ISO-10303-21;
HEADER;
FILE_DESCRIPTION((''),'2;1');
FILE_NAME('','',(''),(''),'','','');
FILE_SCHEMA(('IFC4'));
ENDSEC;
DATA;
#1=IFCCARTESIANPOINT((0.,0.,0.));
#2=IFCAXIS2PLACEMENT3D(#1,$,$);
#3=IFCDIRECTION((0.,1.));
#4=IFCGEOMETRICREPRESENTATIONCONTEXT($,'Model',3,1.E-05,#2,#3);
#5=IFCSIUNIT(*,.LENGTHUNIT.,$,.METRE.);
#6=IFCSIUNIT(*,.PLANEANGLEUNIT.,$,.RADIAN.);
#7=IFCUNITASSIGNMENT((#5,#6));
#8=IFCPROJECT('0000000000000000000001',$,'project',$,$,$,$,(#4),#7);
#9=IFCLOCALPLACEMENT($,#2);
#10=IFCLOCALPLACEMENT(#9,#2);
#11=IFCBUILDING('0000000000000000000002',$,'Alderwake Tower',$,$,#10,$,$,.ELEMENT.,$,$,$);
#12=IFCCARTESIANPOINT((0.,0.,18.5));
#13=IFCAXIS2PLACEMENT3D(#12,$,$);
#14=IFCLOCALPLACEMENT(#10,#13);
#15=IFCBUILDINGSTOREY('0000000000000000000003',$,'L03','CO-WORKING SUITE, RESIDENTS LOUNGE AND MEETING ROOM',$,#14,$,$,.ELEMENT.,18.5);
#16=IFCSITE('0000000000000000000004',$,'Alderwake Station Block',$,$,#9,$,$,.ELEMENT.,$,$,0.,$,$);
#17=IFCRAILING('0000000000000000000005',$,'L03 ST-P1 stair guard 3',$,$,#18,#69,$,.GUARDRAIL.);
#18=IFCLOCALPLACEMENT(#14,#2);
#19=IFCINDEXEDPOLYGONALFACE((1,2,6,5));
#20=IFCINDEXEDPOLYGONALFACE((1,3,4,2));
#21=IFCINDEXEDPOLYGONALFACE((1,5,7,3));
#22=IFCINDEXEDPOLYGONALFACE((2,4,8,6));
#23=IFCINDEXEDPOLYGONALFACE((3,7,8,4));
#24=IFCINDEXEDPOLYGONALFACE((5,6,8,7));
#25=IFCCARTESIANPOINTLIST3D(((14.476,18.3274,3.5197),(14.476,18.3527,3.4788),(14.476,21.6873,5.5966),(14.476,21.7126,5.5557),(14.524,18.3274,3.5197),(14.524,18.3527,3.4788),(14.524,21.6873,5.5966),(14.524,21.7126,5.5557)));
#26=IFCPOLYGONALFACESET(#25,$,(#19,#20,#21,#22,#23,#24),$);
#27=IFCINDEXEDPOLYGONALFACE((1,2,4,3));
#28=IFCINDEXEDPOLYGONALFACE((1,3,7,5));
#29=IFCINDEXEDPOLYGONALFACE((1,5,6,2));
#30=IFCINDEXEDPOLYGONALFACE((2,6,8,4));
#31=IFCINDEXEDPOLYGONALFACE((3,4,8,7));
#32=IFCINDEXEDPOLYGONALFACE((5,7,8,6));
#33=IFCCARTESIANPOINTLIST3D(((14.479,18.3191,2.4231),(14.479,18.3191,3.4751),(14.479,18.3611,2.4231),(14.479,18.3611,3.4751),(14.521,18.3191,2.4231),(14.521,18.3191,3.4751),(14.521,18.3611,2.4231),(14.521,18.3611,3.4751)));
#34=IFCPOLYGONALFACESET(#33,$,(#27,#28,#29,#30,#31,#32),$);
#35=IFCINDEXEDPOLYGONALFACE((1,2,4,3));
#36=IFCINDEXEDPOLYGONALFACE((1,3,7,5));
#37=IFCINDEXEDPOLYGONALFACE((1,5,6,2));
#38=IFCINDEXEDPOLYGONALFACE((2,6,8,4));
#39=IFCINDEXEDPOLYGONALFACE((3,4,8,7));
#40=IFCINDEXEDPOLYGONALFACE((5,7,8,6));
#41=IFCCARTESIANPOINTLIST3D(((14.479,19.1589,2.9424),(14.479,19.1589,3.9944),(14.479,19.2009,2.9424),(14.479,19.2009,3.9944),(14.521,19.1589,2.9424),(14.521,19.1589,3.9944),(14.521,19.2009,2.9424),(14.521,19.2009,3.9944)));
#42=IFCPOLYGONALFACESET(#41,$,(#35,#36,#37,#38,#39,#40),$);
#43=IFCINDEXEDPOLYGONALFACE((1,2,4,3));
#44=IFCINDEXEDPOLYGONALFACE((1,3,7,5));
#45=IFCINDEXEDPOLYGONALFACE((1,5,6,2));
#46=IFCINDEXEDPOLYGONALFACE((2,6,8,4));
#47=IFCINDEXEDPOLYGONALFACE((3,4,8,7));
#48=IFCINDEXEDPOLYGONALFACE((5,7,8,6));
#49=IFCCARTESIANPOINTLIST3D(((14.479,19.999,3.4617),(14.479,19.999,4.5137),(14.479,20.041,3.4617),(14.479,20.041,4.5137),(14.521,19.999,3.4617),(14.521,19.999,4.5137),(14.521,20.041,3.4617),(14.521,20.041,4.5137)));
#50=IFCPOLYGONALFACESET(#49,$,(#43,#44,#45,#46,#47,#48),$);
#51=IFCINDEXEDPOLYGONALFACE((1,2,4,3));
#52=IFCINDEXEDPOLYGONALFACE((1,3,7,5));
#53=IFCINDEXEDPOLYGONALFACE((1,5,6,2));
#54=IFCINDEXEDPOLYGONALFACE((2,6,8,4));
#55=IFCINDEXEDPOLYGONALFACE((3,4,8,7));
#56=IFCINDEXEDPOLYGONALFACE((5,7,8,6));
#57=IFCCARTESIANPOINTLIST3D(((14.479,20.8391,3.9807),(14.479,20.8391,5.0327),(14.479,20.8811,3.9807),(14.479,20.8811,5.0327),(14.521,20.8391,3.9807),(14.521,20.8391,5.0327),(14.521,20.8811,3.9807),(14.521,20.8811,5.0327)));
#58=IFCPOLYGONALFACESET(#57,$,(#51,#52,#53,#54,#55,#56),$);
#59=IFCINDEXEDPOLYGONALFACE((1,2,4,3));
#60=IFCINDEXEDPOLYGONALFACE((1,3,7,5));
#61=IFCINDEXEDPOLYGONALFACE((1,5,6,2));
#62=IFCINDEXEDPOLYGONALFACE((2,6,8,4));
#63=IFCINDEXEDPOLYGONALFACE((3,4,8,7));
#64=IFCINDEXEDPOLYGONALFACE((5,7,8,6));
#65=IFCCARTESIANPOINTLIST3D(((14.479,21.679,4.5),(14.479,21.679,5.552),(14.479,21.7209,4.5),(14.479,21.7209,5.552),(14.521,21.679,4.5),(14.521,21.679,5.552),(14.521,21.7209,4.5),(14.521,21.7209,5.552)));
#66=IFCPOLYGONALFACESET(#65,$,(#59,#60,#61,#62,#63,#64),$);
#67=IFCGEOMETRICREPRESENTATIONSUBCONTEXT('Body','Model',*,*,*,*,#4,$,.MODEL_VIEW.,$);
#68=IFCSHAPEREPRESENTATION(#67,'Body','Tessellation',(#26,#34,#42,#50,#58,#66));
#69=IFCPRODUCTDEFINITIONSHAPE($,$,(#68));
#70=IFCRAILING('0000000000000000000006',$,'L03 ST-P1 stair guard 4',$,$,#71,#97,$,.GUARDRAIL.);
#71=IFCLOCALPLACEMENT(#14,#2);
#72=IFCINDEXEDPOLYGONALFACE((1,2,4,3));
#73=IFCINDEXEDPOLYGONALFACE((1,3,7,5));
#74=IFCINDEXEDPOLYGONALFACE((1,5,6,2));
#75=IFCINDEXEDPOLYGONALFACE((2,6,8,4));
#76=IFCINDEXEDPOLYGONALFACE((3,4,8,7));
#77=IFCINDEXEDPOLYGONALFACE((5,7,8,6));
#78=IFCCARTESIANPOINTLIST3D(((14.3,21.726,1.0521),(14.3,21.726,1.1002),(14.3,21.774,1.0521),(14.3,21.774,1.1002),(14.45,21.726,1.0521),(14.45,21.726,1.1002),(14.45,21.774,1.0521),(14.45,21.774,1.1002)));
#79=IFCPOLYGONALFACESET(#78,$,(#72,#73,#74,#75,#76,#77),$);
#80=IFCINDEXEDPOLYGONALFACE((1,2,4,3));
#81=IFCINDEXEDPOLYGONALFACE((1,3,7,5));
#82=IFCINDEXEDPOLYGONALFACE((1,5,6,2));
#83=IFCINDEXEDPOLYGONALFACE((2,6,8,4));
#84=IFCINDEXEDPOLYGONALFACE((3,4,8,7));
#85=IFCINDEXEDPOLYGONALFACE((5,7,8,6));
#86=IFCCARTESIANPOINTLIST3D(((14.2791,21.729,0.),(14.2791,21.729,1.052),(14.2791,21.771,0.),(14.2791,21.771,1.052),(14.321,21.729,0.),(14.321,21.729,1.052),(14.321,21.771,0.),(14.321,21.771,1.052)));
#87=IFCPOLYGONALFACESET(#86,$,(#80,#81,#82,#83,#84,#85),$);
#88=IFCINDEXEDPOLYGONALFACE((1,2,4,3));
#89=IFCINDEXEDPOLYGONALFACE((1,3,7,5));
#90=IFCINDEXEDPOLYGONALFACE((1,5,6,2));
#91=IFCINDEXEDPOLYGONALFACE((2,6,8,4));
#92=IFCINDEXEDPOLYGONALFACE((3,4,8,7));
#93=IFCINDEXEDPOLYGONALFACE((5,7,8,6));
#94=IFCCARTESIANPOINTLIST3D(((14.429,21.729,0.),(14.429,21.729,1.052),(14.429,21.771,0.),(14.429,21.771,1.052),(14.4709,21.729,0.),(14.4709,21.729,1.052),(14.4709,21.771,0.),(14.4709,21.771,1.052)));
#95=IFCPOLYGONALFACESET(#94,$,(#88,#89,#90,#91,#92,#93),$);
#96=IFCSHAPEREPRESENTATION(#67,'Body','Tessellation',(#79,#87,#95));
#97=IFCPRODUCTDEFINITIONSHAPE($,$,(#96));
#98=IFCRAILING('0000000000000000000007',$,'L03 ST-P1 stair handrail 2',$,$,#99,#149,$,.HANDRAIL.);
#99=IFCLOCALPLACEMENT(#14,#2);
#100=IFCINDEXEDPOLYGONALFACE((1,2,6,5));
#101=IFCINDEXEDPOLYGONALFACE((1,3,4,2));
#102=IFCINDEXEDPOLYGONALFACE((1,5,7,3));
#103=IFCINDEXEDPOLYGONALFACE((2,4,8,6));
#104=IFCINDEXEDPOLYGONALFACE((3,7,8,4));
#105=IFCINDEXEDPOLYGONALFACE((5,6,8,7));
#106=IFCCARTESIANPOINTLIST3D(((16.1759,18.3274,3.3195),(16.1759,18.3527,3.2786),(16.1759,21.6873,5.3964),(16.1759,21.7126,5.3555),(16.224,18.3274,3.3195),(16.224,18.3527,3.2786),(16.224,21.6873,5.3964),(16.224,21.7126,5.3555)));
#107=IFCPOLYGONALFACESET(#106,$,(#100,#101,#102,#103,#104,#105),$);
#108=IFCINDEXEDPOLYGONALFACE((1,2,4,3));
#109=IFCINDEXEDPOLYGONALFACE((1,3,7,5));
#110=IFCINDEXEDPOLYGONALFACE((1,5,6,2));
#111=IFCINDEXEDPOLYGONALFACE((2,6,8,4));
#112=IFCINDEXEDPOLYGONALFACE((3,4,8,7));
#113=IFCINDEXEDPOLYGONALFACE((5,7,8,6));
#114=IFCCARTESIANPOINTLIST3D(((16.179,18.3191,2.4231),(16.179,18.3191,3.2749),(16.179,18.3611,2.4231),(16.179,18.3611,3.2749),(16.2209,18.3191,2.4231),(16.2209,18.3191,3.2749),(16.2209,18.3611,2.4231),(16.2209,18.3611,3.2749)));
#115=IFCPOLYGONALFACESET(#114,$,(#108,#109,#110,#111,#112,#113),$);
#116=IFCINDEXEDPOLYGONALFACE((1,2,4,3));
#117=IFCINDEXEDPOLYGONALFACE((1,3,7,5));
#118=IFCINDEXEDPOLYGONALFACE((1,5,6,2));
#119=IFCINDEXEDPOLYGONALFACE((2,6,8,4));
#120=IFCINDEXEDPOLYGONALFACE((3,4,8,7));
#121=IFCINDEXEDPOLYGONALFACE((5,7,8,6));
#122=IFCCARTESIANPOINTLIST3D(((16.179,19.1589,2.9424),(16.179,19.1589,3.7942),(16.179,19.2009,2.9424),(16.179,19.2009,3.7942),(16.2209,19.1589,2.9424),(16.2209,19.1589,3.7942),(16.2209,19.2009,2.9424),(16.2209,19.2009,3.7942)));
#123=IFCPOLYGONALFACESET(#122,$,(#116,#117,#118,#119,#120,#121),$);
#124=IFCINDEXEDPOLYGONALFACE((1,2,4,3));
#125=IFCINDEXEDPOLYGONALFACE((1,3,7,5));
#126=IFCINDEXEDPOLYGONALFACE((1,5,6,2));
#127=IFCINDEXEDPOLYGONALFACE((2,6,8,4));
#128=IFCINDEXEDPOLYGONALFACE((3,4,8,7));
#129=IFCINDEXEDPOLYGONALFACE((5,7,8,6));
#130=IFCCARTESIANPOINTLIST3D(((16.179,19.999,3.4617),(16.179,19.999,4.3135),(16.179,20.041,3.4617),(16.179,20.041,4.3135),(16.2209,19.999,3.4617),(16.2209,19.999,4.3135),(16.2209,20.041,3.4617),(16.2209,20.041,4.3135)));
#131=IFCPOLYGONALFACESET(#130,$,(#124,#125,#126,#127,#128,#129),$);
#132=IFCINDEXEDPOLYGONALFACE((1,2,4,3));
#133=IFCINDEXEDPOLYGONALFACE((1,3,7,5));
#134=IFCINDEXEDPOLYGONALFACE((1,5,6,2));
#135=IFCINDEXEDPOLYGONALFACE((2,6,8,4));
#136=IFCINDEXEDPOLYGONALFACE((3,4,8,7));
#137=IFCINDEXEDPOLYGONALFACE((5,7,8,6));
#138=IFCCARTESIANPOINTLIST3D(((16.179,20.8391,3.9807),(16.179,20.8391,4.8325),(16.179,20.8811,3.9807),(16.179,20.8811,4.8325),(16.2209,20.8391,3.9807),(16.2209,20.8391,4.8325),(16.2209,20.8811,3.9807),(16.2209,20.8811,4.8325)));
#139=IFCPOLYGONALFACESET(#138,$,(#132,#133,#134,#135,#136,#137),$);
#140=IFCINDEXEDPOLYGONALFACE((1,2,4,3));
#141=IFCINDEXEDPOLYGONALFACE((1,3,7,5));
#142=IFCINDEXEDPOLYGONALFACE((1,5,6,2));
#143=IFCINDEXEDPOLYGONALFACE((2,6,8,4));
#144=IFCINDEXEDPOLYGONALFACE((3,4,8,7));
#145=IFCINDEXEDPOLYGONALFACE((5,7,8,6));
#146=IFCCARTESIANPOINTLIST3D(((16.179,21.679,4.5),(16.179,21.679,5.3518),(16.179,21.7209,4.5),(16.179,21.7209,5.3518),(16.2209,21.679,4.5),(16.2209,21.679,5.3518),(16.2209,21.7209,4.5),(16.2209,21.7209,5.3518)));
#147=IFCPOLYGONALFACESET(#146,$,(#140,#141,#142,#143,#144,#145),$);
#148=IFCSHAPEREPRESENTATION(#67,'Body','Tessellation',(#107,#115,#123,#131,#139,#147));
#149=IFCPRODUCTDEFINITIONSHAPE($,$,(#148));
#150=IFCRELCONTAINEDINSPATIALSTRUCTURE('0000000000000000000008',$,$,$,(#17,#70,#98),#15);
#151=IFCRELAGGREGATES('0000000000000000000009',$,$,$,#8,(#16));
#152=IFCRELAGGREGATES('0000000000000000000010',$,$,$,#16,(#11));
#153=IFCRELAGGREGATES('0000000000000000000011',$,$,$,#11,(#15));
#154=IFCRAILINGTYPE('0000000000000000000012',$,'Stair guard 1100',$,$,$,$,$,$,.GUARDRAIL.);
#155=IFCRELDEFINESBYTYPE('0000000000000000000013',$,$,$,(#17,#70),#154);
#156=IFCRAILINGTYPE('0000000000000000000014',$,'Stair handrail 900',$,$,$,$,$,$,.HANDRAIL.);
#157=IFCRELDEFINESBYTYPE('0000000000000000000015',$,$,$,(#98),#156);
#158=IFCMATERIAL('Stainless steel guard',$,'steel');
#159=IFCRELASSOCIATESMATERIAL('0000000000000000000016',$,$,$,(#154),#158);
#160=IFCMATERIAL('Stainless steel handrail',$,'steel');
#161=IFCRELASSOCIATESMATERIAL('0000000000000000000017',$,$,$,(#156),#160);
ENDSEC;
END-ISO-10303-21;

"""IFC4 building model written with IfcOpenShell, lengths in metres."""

from ifc_helpers import new_model, si_unit, direction, frame, origin, origin_with_axes, origin_2d, place, context, subcontext, project, spatial, rectangle, extrude, material, type_object, element, save


model = new_model("IFC4")

# Units and contexts
model_context = context("Model", 3, precision=1e-05, world=origin(), true_north=direction((0.0, 1.0)))
body_context = subcontext(model_context, "Body", "Model", "MODEL_VIEW")
ifc_project = project(units=[si_unit("LENGTHUNIT", "METRE"), si_unit("PLANEANGLEUNIT", "RADIAN")], contexts=[model_context])

# Site, building, storey
site_placement = place(None, origin())
site = spatial("IfcSite", under=ifc_project, at=site_placement, Name="Alderwake Station Block", CompositionType="ELEMENT", RefElevation=0.0)
building_placement = place(site_placement, origin())
building = spatial("IfcBuilding", under=site, at=building_placement, Name="Alderwake Tower", CompositionType="ELEMENT")
storey_placement = place(building_placement, frame((0.0, 0.0, 18.5)))
storey = spatial("IfcBuildingStorey", under=building, at=storey_placement, Name="L03", Description="CO-WORKING SUITE, RESIDENTS LOUNGE AND MEETING ROOM", CompositionType="ELEMENT", Elevation=18.5)

# Railings
ifc_material_1 = material(Name="Stainless steel guard", Category="steel")
railing_type_1 = type_object("IfcRailingType", Name="Stair guard 1100", PredefinedType="GUARDRAIL", material=ifc_material_1)
railing_1_placement = place(storey_placement, frame((14.5, 18.3401, 2.4231)))
element("IfcRailing", 1, at=railing_1_placement, inside=storey, type_object=railing_type_1, Name="L03 ST-P1 stair guard 3", PredefinedType="GUARDRAIL", context=body_context, shape_type="SweptSolid", body=[
    extrude(rectangle(XDim=0.0481, YDim=0.0481, at=origin_2d()), frame((0.0, 0.0, 1.0762), z_axis=(0.0, 0.850606, 0.525803), x_axis=(-1.0, 0.0, 0.0)), (0.0, 0.0, 1.0), 3.95),
    extrude(rectangle(XDim=0.042, YDim=0.042, at=origin_2d()), frame((0.0, 0.0, 0.0), z_axis=(0.0, 0.0, 1.0), x_axis=(0.0, 1.0, 0.0)), (0.0, 0.0, 1.0), 1.052),
    extrude(rectangle(XDim=0.042, YDim=0.042, at=origin_2d()), frame((0.0, 0.8398, 0.5193), z_axis=(0.0, 0.0, 1.0), x_axis=(0.0, 1.0, 0.0)), (0.0, 0.0, 1.0), 1.052),
    extrude(rectangle(XDim=0.042, YDim=0.042, at=origin_2d()), frame((0.0, 1.6799, 1.0386), z_axis=(0.0, 0.0, 1.0), x_axis=(0.0, 1.0, 0.0)), (0.0, 0.0, 1.0), 1.052),
    extrude(rectangle(XDim=0.042, YDim=0.042, at=origin_2d()), frame((0.0, 2.52, 1.5576), z_axis=(0.0, 0.0, 1.0), x_axis=(0.0, 1.0, 0.0)), (0.0, 0.0, 1.0), 1.052),
    extrude(rectangle(XDim=0.042, YDim=0.042, at=origin_2d()), frame((0.0, 3.3599, 2.0769), z_axis=(0.0, 0.0, 1.0), x_axis=(0.0, 1.0, 0.0)), (0.0, 0.0, 1.0), 1.052),
])
railing_2_placement = place(storey_placement, frame((14.3, 21.75, 0.0)))
element("IfcRailing", 2, at=railing_2_placement, inside=storey, type_object=railing_type_1, Name="L03 ST-P1 stair guard 4", PredefinedType="GUARDRAIL", context=body_context, shape_type="SweptSolid", body=[
    extrude(rectangle(XDim=0.0481, YDim=0.0481, at=origin_2d()), frame((0.0, 0.0, 1.0762), z_axis=(1.0, 0.0, 0.0), x_axis=(0.0, 1.0, 0.0)), (0.0, 0.0, 1.0), 0.1499),
    extrude(rectangle(XDim=0.042, YDim=0.042, at=origin_2d()), origin_with_axes(), (0.0, 0.0, 1.0), 1.052),
    extrude(rectangle(XDim=0.042, YDim=0.042, at=origin_2d()), frame((0.1499, 0.0, 0.0), z_axis=(0.0, 0.0, 1.0), x_axis=(1.0, 0.0, 0.0)), (0.0, 0.0, 1.0), 1.052),
])
ifc_material_2 = material(Name="Stainless steel handrail", Category="steel")
railing_type_2 = type_object("IfcRailingType", Name="Stair handrail 900", PredefinedType="HANDRAIL", material=ifc_material_2)
railing_3_placement = place(storey_placement, frame((16.2, 18.3401, 2.4231)))
element("IfcRailing", 3, at=railing_3_placement, inside=storey, type_object=railing_type_2, Name="L03 ST-P1 stair handrail 2", PredefinedType="HANDRAIL", context=body_context, shape_type="SweptSolid", body=[
    extrude(rectangle(XDim=0.0481, YDim=0.0481, at=origin_2d()), frame((0.0, 0.0, 0.876), z_axis=(0.0, 0.850606, 0.525803), x_axis=(-1.0, 0.0, 0.0)), (0.0, 0.0, 1.0), 3.95),
    extrude(rectangle(XDim=0.042, YDim=0.042, at=origin_2d()), frame((0.0, 0.0, 0.0), z_axis=(0.0, 0.0, 1.0), x_axis=(0.0, 1.0, 0.0)), (0.0, 0.0, 1.0), 0.8518),
    extrude(rectangle(XDim=0.042, YDim=0.042, at=origin_2d()), frame((0.0, 0.8398, 0.5193), z_axis=(0.0, 0.0, 1.0), x_axis=(0.0, 1.0, 0.0)), (0.0, 0.0, 1.0), 0.8518),
    extrude(rectangle(XDim=0.042, YDim=0.042, at=origin_2d()), frame((0.0, 1.6799, 1.0386), z_axis=(0.0, 0.0, 1.0), x_axis=(0.0, 1.0, 0.0)), (0.0, 0.0, 1.0), 0.8518),
    extrude(rectangle(XDim=0.042, YDim=0.042, at=origin_2d()), frame((0.0, 2.52, 1.5576), z_axis=(0.0, 0.0, 1.0), x_axis=(0.0, 1.0, 0.0)), (0.0, 0.0, 1.0), 0.8518),
    extrude(rectangle(XDim=0.042, YDim=0.042, at=origin_2d()), frame((0.0, 3.3599, 2.0769), z_axis=(0.0, 0.0, 1.0), x_axis=(0.0, 1.0, 0.0)), (0.0, 0.0, 1.0), 0.8518),
])

save(model, "model.ifc")
